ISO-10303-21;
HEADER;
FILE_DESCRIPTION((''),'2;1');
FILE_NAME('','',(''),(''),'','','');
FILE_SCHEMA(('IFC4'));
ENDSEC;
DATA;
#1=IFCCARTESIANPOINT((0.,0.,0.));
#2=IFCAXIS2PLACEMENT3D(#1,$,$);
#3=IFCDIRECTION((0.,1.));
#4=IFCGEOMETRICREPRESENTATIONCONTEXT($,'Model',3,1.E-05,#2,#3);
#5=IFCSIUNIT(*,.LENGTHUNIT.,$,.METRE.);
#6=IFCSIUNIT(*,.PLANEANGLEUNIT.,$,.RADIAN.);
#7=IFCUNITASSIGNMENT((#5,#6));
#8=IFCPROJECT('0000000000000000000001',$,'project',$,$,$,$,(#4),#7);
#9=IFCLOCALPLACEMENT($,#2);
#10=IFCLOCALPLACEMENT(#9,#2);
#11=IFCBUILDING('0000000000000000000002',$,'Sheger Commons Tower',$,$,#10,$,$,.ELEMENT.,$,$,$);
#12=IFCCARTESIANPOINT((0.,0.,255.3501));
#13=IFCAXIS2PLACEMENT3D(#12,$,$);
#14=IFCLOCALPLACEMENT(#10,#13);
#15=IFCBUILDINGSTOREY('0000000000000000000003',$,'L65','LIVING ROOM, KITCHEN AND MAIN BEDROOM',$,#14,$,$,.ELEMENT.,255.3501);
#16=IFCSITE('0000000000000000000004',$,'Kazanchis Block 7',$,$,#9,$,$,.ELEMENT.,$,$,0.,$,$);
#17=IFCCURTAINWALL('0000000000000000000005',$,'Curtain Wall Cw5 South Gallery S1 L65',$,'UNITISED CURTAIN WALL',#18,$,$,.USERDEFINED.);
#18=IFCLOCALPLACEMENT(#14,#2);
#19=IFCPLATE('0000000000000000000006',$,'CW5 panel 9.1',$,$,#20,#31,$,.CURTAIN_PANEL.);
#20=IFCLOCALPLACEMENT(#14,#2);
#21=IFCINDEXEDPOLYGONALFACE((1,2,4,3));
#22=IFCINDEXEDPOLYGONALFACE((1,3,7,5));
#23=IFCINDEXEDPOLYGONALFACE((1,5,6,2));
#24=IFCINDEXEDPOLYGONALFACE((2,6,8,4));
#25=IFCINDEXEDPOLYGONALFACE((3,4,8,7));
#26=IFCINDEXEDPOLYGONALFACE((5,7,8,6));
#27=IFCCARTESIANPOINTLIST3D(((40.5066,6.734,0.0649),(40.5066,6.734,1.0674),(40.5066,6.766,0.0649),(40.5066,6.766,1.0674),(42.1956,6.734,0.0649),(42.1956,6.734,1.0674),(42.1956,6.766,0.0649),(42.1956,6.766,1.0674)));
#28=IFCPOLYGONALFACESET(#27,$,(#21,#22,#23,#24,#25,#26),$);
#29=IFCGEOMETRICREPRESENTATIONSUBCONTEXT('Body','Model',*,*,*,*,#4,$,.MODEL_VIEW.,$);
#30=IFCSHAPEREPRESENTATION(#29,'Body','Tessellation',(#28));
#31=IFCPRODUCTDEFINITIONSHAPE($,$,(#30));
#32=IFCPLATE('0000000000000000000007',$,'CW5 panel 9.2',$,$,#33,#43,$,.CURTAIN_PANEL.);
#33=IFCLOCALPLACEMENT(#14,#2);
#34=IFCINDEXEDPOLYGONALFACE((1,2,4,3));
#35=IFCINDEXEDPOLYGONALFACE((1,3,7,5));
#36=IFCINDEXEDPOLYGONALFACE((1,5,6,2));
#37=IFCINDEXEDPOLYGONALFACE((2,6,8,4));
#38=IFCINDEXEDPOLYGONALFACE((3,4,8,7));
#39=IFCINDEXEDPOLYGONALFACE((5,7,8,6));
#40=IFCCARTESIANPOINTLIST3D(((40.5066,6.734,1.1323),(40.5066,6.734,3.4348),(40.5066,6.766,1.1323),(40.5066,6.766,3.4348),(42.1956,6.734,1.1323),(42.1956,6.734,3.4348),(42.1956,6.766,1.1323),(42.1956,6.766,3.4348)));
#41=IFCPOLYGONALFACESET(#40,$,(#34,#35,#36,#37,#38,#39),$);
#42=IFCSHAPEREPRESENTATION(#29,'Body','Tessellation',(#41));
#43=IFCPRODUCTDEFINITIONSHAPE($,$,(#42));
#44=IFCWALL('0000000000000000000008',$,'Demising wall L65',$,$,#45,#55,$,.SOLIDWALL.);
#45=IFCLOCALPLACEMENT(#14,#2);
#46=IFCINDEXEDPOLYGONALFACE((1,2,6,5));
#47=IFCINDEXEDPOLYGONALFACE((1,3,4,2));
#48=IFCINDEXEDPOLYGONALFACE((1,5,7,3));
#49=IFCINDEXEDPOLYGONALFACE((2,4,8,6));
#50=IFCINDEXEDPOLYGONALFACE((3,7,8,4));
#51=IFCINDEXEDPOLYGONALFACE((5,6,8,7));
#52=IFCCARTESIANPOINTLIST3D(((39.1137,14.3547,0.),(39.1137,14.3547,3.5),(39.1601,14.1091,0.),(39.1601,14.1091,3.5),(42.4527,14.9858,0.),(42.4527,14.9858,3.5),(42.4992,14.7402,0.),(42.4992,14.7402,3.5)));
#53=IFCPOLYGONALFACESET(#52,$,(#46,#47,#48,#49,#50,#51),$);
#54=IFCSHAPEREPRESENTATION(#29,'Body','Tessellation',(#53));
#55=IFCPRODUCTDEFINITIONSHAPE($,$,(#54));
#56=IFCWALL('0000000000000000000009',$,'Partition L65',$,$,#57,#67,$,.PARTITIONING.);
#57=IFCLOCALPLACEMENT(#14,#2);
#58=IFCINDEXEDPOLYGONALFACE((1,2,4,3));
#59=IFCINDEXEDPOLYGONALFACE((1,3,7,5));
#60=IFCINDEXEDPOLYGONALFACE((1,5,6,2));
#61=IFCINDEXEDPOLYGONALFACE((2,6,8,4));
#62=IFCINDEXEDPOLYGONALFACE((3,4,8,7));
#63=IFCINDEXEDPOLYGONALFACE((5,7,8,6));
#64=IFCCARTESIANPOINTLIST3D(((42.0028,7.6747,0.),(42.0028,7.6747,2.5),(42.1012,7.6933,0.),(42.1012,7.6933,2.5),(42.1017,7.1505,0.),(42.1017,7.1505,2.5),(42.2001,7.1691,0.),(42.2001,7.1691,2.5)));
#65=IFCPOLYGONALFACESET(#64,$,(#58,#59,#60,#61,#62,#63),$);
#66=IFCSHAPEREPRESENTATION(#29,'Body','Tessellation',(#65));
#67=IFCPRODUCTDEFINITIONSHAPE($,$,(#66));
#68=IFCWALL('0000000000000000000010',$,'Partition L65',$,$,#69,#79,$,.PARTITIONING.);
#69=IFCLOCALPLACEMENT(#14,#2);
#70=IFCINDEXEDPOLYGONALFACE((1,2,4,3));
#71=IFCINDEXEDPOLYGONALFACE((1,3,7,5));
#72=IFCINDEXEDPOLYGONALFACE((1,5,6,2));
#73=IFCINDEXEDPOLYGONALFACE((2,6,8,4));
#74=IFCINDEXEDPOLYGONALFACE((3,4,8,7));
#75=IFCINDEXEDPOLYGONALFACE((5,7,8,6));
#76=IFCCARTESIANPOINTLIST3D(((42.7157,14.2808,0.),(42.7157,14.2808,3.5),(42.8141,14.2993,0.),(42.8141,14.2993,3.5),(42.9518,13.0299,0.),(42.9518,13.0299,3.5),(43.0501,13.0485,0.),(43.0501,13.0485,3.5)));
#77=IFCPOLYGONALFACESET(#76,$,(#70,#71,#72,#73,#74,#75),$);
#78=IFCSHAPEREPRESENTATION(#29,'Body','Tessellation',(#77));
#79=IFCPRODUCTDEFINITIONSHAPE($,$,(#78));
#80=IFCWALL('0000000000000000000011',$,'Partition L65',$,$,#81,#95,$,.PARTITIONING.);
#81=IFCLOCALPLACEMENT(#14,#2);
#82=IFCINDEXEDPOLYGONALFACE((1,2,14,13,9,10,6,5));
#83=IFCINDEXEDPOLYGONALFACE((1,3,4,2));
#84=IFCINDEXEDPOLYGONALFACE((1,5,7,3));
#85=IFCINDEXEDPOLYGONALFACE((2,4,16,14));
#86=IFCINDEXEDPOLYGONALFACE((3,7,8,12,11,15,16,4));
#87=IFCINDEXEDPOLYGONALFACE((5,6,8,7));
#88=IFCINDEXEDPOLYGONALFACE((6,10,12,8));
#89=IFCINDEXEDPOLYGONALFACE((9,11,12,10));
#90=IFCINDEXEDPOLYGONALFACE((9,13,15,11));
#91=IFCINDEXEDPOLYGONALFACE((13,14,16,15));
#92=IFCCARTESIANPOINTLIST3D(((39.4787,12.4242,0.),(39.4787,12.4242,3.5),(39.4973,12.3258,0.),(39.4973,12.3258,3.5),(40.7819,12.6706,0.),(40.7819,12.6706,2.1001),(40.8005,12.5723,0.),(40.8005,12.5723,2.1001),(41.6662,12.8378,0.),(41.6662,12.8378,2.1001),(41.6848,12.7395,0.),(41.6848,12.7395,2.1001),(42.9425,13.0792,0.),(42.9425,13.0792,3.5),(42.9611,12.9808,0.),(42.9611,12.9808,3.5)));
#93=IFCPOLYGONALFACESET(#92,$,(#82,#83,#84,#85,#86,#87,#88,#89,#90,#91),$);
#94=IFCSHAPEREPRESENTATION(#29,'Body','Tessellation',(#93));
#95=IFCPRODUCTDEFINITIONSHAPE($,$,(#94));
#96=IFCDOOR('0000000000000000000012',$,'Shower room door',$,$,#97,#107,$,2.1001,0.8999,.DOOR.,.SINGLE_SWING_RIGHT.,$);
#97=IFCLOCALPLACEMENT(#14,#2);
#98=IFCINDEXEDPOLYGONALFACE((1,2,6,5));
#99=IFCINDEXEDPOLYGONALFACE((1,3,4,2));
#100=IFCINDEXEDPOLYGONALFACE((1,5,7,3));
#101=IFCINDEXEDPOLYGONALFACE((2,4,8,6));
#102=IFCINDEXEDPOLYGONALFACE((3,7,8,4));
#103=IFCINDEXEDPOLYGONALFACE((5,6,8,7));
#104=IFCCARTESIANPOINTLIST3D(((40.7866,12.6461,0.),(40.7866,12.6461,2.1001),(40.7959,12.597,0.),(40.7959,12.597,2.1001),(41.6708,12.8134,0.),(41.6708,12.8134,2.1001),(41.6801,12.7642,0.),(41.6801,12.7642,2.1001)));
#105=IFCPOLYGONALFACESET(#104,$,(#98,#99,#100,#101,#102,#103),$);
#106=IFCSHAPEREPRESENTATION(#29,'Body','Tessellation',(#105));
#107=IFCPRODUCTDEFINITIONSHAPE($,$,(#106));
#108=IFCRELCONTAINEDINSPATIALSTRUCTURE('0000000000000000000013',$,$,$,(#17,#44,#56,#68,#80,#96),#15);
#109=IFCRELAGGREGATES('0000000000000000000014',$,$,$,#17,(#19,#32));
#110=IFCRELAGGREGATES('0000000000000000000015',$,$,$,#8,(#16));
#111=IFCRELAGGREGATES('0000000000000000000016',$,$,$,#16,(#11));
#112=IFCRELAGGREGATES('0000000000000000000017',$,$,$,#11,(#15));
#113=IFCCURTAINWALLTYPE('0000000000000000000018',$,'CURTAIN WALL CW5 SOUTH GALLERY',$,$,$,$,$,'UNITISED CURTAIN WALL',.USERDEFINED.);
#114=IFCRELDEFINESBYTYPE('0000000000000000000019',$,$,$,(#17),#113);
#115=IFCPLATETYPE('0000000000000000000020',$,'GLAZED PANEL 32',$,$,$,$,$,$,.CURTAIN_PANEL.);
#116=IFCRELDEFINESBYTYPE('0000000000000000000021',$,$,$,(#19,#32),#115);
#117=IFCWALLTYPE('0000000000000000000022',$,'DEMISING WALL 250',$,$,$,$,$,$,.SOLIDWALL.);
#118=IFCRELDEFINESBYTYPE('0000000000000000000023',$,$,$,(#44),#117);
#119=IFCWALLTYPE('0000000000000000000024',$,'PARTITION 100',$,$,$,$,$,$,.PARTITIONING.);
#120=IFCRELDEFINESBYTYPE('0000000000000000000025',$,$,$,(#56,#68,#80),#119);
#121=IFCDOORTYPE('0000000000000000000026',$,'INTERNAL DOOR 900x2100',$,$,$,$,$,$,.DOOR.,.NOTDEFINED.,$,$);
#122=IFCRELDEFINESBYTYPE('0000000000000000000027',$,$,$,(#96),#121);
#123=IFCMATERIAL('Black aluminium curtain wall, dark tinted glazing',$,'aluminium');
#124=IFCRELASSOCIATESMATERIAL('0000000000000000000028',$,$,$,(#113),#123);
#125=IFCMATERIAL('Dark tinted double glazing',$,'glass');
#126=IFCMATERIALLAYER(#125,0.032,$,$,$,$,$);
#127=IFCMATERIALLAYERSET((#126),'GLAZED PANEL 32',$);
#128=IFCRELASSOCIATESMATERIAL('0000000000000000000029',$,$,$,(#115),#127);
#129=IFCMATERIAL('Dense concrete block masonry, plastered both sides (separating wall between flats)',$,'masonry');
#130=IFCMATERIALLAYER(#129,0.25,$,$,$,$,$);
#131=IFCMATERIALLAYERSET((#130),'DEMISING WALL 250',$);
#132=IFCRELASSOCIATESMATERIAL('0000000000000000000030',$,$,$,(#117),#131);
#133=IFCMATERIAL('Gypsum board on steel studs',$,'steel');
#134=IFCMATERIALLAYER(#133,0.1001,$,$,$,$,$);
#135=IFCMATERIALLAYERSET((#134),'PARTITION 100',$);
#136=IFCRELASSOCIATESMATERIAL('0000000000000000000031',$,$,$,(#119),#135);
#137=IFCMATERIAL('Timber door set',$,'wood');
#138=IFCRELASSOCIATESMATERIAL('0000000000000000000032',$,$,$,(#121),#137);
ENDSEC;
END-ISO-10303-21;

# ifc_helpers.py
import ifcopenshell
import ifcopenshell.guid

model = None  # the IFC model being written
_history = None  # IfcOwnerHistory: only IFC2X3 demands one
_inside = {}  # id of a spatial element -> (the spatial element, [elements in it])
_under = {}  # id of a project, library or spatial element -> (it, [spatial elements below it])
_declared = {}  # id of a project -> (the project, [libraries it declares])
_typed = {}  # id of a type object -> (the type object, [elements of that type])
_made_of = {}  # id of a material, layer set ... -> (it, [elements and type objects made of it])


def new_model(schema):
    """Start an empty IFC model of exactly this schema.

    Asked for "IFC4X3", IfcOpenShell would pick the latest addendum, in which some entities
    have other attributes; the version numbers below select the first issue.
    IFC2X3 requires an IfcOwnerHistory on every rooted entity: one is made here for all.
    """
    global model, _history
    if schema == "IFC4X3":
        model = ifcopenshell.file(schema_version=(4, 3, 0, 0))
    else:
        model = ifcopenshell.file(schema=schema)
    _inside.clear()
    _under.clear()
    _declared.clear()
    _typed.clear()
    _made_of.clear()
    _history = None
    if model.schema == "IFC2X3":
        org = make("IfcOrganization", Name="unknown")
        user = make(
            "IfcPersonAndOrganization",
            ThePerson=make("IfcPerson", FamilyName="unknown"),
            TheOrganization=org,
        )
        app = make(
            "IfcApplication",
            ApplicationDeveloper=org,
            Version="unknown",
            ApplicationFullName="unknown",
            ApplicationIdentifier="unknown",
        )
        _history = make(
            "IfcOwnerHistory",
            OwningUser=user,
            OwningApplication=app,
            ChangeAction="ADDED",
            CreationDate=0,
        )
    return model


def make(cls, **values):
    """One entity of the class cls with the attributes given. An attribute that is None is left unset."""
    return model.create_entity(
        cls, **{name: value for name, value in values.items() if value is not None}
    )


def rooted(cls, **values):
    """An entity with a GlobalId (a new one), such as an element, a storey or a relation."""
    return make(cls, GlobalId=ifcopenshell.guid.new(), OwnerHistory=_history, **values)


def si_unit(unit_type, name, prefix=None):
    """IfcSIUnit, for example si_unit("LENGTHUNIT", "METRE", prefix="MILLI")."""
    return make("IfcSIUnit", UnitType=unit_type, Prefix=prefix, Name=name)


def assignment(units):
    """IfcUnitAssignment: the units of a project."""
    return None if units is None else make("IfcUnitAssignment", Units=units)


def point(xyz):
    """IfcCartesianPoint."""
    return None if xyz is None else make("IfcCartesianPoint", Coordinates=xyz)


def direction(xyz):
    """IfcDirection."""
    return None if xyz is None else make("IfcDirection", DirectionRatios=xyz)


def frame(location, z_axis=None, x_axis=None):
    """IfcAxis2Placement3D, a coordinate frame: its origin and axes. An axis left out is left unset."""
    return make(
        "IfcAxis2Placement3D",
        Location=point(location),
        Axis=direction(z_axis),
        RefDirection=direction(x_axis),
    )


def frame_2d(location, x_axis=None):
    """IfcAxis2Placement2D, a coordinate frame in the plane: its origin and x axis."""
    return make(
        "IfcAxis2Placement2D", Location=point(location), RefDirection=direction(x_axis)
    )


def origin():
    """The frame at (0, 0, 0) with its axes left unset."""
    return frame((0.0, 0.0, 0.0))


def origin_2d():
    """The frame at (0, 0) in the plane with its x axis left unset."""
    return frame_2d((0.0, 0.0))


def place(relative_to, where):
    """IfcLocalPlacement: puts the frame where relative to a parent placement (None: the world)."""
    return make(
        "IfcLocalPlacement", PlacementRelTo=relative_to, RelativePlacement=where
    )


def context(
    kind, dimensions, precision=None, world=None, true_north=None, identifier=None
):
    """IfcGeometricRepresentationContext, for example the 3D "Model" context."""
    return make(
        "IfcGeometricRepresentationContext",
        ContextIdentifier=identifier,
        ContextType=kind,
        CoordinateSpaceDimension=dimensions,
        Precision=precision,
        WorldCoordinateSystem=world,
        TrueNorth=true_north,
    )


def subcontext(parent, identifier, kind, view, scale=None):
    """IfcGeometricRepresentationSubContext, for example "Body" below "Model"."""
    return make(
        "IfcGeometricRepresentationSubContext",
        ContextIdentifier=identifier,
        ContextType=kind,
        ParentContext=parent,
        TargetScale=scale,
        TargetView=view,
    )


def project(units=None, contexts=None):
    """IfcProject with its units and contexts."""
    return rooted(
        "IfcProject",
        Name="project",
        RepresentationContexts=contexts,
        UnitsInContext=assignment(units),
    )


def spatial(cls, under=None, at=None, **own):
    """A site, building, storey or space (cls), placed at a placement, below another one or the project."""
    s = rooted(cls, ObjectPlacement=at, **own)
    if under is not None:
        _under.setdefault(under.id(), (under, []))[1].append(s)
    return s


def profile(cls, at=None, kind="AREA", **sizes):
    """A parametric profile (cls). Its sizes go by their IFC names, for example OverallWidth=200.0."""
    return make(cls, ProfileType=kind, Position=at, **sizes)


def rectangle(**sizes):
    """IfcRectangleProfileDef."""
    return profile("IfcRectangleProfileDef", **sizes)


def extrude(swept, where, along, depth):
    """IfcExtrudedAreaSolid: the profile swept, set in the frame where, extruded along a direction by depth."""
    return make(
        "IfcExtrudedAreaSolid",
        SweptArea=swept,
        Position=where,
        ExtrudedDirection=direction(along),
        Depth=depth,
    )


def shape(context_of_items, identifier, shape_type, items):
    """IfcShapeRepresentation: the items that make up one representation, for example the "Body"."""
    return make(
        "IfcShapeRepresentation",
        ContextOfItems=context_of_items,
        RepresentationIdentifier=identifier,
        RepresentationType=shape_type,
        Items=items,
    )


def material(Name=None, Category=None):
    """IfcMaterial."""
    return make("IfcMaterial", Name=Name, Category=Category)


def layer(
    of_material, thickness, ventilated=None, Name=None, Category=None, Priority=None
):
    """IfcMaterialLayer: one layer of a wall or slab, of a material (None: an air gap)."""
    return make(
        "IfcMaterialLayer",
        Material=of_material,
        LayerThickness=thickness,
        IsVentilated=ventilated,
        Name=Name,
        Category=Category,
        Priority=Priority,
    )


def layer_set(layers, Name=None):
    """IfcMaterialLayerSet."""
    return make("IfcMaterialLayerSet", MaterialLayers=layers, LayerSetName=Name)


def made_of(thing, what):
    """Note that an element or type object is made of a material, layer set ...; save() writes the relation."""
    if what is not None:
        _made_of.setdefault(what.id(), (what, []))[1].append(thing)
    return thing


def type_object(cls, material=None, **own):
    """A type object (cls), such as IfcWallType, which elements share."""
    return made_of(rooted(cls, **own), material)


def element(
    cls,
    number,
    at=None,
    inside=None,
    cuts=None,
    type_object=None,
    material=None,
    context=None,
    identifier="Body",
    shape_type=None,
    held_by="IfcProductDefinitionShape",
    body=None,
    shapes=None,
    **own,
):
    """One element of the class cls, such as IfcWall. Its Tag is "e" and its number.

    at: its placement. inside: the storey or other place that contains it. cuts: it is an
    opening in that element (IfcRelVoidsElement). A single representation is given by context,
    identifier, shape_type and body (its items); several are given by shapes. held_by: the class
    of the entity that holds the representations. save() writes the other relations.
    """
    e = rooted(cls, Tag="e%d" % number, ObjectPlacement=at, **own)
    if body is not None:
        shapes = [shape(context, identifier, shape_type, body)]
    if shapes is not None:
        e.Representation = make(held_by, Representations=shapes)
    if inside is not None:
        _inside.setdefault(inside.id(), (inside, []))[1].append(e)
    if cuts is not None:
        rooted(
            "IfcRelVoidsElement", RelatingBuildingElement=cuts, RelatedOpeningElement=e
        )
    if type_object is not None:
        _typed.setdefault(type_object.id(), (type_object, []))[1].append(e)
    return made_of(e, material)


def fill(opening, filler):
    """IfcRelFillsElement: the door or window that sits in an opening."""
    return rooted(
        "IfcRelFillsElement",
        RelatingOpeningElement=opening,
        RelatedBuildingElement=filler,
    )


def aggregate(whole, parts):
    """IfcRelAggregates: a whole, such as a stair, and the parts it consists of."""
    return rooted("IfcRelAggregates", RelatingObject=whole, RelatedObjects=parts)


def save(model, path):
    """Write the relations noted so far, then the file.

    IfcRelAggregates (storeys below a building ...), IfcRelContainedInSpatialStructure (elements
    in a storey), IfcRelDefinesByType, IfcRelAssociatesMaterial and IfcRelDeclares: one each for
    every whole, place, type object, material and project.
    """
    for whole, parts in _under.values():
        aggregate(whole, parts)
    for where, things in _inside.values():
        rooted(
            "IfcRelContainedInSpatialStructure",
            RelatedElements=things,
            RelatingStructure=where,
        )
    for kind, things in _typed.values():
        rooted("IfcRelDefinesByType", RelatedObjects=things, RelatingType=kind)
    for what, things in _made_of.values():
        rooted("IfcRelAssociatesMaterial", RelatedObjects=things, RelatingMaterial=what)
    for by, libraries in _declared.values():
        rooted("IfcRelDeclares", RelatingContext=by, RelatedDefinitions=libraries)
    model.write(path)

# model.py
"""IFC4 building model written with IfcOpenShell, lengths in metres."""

from ifc_helpers import new_model, si_unit, direction, frame, frame_2d, origin, origin_2d, place, context, subcontext, project, spatial, rectangle, extrude, material, layer, layer_set, type_object, element, fill, aggregate, save


model = new_model("IFC4")

# Units and contexts
model_context = context("Model", 3, precision=1e-05, world=origin(), true_north=direction((0.0, 1.0)))
body_context = subcontext(model_context, "Body", "Model", "MODEL_VIEW")
ifc_project = project(units=[si_unit("LENGTHUNIT", "METRE"), si_unit("PLANEANGLEUNIT", "RADIAN")], contexts=[model_context])

# Site, building, storey
site_placement = place(None, origin())
site = spatial("IfcSite", under=ifc_project, at=site_placement, Name="Kazanchis Block 7", CompositionType="ELEMENT", RefElevation=0.0)
building_placement = place(site_placement, origin())
building = spatial("IfcBuilding", under=site, at=building_placement, Name="Sheger Commons Tower", CompositionType="ELEMENT")
storey_placement = place(building_placement, frame((0.0, 0.0, 255.3501)))
storey = spatial("IfcBuildingStorey", under=building, at=storey_placement, Name="L65", Description="LIVING ROOM, KITCHEN AND MAIN BEDROOM", CompositionType="ELEMENT", Elevation=255.3501)

# Curtain wall
ifc_material_1 = material(Name="Black aluminium curtain wall, dark tinted glazing", Category="aluminium")
curtain_wall_type = type_object("IfcCurtainWallType", Name="CURTAIN WALL CW5 SOUTH GALLERY", ElementType="UNITISED CURTAIN WALL", PredefinedType="USERDEFINED", material=ifc_material_1)
curtain_wall_placement = place(storey_placement, origin())
curtain_wall = element("IfcCurtainWall", 1, at=curtain_wall_placement, inside=storey, type_object=curtain_wall_type, Name="Curtain Wall Cw5 South Gallery S1 L65", ObjectType="UNITISED CURTAIN WALL", PredefinedType="USERDEFINED")

# Plates
ifc_material_2 = material(Name="Dark tinted double glazing", Category="glass")
ifc_layer_1 = layer(ifc_material_2, 0.032)
ifc_layer_set_1 = layer_set([ifc_layer_1], Name="GLAZED PANEL 32")
plate_type = type_object("IfcPlateType", Name="GLAZED PANEL 32", PredefinedType="CURTAIN_PANEL", material=ifc_layer_set_1)
plate_1_placement = place(storey_placement, frame((41.3511, 6.75, 0.0649), z_axis=(0.0, 0.0, 1.0), x_axis=(1.0, 0.0, 0.0)))
plate_1 = element("IfcPlate", 2, at=plate_1_placement, type_object=plate_type, Name="CW5 panel 9.1", PredefinedType="CURTAIN_PANEL", context=body_context, shape_type="SweptSolid", body=[
    extrude(rectangle(XDim=1.689, YDim=0.032, at=origin_2d()), origin(), (0.0, 0.0, 1.0), 1.0024),
])
plate_2_placement = place(storey_placement, frame((41.3511, 6.75, 1.1323), z_axis=(0.0, 0.0, 1.0), x_axis=(1.0, 0.0, 0.0)))
plate_2 = element("IfcPlate", 3, at=plate_2_placement, type_object=plate_type, Name="CW5 panel 9.2", PredefinedType="CURTAIN_PANEL", context=body_context, shape_type="SweptSolid", body=[
    extrude(rectangle(XDim=1.689, YDim=0.032, at=origin_2d()), origin(), (0.0, 0.0, 1.0), 2.3025),
])
aggregate(curtain_wall, [plate_1, plate_2])

# Walls
ifc_material_3 = material(Name="Dense concrete block masonry, plastered both sides (separating wall between flats)", Category="masonry")
ifc_layer_2 = layer(ifc_material_3, 0.25)
ifc_layer_set_2 = layer_set([ifc_layer_2], Name="DEMISING WALL 250")
wall_type_1 = type_object("IfcWallType", Name="DEMISING WALL 250", PredefinedType="SOLIDWALL", material=ifc_layer_set_2)
wall_1_placement = place(storey_placement, frame((42.4761, 14.863, 0.0), z_axis=(0.0, 0.0, 1.0), x_axis=(-0.982604, -0.185715, 0.0)))
element("IfcWall", 4, at=wall_1_placement, inside=storey, type_object=wall_type_1, Name="Demising wall L65", PredefinedType="SOLIDWALL", context=body_context, shape_type="SweptSolid", body=[
    extrude(rectangle(XDim=3.3982, YDim=0.25, at=frame_2d((1.6992, 0.0))), origin(), (0.0, 0.0, 1.0), 3.5),
])
ifc_material_4 = material(Name="Gypsum board on steel studs", Category="steel")
ifc_layer_3 = layer(ifc_material_4, 0.1001)
ifc_layer_set_3 = layer_set([ifc_layer_3], Name="PARTITION 100")
wall_type_2 = type_object("IfcWallType", Name="PARTITION 100", PredefinedType="PARTITIONING", material=ifc_layer_set_3)
wall_2_placement = place(storey_placement, frame((42.1509, 7.1599, 0.0), z_axis=(0.0, 0.0, 1.0), x_axis=(-0.185366, 0.98267, 0.0)))
element("IfcWall", 5, at=wall_2_placement, inside=storey, type_object=wall_type_2, Name="Partition L65", PredefinedType="PARTITIONING", context=body_context, shape_type="SweptSolid", body=[
    extrude(rectangle(XDim=0.5334, YDim=0.1001, at=frame_2d((0.2666, 0.0))), origin(), (0.0, 0.0, 1.0), 2.5),
])
wall_3_placement = place(storey_placement, frame((42.7649, 14.29, 0.0), z_axis=(0.0, 0.0, 1.0), x_axis=(0.185446, -0.982654, 0.0)))
element("IfcWall", 6, at=wall_3_placement, inside=storey, type_object=wall_type_2, Name="Partition L65", PredefinedType="PARTITIONING", context=body_context, shape_type="SweptSolid", body=[
    extrude(rectangle(XDim=1.2729, YDim=0.1001, at=frame_2d((0.6365, 0.0))), origin(), (0.0, 0.0, 1.0), 3.5),
])

# Wall, opening, door
wall_4_placement = place(storey_placement, frame((42.9519, 13.03, 0.0), z_axis=(0.0, 0.0, 1.0), x_axis=(-0.982586, -0.18581, 0.0)))
wall_4 = element("IfcWall", 7, at=wall_4_placement, inside=storey, type_object=wall_type_2, Name="Partition L65", PredefinedType="PARTITIONING", context=body_context, shape_type="SweptSolid", body=[
    extrude(rectangle(XDim=3.5251, YDim=0.1001, at=frame_2d((1.7627, 0.0))), origin(), (0.0, 0.0, 1.0), 3.5),
])
opening_placement = place(wall_4_placement, frame((1.2991, 0.0, 0.0)))
opening = element("IfcOpeningElement", 8, at=opening_placement, cuts=wall_4, PredefinedType="OPENING", context=body_context, shape_type="SweptSolid", body=[
    extrude(rectangle(XDim=0.8999, YDim=2.1001, at=frame_2d((0.45, 1.05))), frame((0.0, 0.0601, 0.0), z_axis=(0.0, -1.0, 0.0), x_axis=(1.0, 0.0, 0.0)), (0.0, 0.0, 1.0), 0.1201),
])
ifc_material_5 = material(Name="Timber door set", Category="wood")
door_type = type_object("IfcDoorType", Name="INTERNAL DOOR 900x2100", OperationType="NOTDEFINED", PredefinedType="DOOR", material=ifc_material_5)
door_placement = place(opening_placement, origin())
door = element("IfcDoor", 9, at=door_placement, inside=storey, type_object=door_type, Name="Shower room door", OperationType="SINGLE_SWING_RIGHT", OverallHeight=2.1001, OverallWidth=0.8999, PredefinedType="DOOR", context=body_context, shape_type="SweptSolid", body=[
    extrude(rectangle(XDim=0.8999, YDim=2.1001, at=frame_2d((0.45, 1.05))), frame((0.0, 0.0249, 0.0), z_axis=(0.0, -1.0, 0.0), x_axis=(1.0, 0.0, 0.0)), (0.0, 0.0, 1.0), 0.05),
])
fill(opening, door)

save(model, "model.ifc")
